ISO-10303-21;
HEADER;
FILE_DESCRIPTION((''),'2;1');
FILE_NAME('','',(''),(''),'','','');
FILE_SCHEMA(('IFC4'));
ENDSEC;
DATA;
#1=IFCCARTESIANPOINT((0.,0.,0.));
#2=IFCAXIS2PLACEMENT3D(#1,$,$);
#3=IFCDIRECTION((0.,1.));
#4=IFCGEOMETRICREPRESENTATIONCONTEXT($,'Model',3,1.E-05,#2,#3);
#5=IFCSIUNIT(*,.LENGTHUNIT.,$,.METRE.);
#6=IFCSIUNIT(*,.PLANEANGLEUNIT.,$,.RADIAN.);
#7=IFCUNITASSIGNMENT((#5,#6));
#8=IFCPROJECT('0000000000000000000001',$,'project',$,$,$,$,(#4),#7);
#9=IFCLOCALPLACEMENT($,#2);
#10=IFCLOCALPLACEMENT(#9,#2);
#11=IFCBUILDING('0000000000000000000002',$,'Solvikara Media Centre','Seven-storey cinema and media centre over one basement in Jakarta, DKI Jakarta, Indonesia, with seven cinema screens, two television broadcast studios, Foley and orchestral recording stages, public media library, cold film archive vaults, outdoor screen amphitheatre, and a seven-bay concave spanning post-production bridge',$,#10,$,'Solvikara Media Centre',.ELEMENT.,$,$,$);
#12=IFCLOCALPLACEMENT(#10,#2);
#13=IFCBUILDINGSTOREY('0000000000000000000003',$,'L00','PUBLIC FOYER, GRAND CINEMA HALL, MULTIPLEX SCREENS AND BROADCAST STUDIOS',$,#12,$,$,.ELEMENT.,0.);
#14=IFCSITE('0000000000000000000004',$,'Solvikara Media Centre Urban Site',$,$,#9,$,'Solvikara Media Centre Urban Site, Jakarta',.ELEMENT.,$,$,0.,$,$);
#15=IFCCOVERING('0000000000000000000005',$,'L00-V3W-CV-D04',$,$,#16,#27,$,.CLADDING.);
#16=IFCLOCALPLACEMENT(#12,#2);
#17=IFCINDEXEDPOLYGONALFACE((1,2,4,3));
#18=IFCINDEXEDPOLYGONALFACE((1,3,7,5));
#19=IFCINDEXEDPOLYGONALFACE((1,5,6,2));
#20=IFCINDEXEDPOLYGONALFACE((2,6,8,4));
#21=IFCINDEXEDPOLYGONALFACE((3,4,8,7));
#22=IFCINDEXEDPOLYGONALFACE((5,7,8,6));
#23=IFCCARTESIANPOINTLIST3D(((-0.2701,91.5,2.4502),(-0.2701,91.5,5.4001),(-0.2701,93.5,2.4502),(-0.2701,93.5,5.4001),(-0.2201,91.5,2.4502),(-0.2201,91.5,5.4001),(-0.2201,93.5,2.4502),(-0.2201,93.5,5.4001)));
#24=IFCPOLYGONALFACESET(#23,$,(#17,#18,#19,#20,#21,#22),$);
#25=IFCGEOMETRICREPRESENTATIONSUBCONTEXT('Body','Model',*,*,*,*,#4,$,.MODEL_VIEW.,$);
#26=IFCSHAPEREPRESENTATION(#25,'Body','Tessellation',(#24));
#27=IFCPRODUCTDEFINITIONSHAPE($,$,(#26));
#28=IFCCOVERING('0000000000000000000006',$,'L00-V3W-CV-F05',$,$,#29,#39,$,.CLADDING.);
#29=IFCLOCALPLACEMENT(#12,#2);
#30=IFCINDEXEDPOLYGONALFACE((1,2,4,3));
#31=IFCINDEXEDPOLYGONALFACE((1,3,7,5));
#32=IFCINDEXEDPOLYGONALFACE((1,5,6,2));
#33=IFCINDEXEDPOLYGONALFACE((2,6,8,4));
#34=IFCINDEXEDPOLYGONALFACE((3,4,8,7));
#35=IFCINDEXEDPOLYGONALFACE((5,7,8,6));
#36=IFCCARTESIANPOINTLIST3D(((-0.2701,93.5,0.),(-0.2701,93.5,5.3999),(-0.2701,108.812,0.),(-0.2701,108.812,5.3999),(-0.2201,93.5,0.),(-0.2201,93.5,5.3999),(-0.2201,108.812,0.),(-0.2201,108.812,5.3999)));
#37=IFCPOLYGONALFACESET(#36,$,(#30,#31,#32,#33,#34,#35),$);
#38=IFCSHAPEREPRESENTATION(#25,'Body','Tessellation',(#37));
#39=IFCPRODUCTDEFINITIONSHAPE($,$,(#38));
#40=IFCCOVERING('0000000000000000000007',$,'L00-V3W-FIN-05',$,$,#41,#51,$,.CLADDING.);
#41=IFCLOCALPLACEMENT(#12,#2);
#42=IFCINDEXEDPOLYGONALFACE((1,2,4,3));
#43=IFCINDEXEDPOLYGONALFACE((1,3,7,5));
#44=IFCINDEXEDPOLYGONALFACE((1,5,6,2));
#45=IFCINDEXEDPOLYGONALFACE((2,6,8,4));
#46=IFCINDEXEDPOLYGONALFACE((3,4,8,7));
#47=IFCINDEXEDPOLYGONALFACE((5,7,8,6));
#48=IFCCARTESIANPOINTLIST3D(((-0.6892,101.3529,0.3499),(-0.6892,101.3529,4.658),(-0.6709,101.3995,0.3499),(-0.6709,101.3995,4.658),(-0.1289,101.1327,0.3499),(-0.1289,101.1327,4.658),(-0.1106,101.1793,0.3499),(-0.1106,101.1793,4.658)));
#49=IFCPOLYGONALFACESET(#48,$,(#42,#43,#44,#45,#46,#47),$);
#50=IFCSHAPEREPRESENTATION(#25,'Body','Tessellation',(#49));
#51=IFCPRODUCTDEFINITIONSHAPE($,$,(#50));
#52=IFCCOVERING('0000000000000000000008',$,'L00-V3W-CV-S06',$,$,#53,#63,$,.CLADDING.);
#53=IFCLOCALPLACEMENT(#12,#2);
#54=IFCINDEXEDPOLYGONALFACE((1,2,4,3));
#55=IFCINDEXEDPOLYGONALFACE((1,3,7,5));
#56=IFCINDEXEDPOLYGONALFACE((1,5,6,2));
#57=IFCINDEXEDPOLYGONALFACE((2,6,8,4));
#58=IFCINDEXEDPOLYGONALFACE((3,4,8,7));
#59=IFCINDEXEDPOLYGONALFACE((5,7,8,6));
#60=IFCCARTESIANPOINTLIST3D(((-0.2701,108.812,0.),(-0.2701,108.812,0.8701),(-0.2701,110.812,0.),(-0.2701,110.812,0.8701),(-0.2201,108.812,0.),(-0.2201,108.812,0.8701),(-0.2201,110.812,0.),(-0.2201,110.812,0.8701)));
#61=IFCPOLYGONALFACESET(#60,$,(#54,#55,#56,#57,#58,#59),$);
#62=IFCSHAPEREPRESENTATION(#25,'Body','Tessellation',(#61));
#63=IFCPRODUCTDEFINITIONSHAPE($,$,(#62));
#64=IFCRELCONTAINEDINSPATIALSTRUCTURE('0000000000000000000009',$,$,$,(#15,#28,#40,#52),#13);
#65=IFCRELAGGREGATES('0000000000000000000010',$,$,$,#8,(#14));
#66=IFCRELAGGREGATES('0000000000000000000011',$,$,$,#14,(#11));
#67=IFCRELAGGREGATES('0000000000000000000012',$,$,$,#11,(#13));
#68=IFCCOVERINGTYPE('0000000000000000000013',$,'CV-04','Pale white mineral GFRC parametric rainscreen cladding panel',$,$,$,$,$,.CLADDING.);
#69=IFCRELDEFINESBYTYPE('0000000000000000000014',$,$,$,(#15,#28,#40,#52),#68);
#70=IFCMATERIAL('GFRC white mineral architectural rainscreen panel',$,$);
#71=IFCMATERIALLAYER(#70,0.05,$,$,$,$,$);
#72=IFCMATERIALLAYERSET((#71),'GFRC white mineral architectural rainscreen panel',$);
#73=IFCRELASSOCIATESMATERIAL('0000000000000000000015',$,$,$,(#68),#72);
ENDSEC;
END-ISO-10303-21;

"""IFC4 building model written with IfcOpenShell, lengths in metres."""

from ifc_helpers import new_model, si_unit, direction, frame, origin, origin_2d, place, context, subcontext, project, spatial, rectangle, extrude, material, layer, layer_set, type_object, element, save


model = new_model("IFC4")

# Units and contexts
model_context = context("Model", 3, precision=1e-05, world=origin(), true_north=direction((0.0, 1.0)))
body_context = subcontext(model_context, "Body", "Model", "MODEL_VIEW")
ifc_project = project(units=[si_unit("LENGTHUNIT", "METRE"), si_unit("PLANEANGLEUNIT", "RADIAN")], contexts=[model_context])

# Site, building, storey
site_placement = place(None, origin())
site = spatial("IfcSite", under=ifc_project, at=site_placement, Name="Solvikara Media Centre Urban Site", LongName="Solvikara Media Centre Urban Site, Jakarta", CompositionType="ELEMENT", RefElevation=0.0)
building_placement = place(site_placement, origin())
building = spatial("IfcBuilding", under=site, at=building_placement, Name="Solvikara Media Centre", Description="Seven-storey cinema and media centre over one basement in Jakarta, DKI Jakarta, Indonesia, with seven cinema screens, two television broadcast studios, Foley and orchestral recording stages, public media library, cold film archive vaults, outdoor screen amphitheatre, and a seven-bay concave spanning post-production bridge", LongName="Solvikara Media Centre", CompositionType="ELEMENT")
storey_placement = place(building_placement, origin())
storey = spatial("IfcBuildingStorey", under=building, at=storey_placement, Name="L00", Description="PUBLIC FOYER, GRAND CINEMA HALL, MULTIPLEX SCREENS AND BROADCAST STUDIOS", CompositionType="ELEMENT", Elevation=0.0)

# Coverings
ifc_material_1 = material(Name="GFRC white mineral architectural rainscreen panel")
ifc_layer_1 = layer(ifc_material_1, 0.05)
ifc_layer_set_1 = layer_set([ifc_layer_1], Name="GFRC white mineral architectural rainscreen panel")
covering_type = type_object("IfcCoveringType", Name="CV-04", Description="Pale white mineral GFRC parametric rainscreen cladding panel", PredefinedType="CLADDING", material=ifc_layer_set_1)
covering_1_placement = place(storey_placement, frame((-0.2451, 92.5, 2.4502), z_axis=(0.0, 0.0, 1.0), x_axis=(0.0, 1.0, 0.0)))
element("IfcCovering", 1, at=covering_1_placement, inside=storey, type_object=covering_type, Name="L00-V3W-CV-D04", PredefinedType="CLADDING", context=body_context, shape_type="SweptSolid", body=[
    extrude(rectangle(XDim=2.0, YDim=0.05, at=origin_2d()), origin(), (0.0, 0.0, 1.0), 2.95),
])
covering_2_placement = place(storey_placement, frame((-0.2451, 101.156, 0.0), z_axis=(0.0, 0.0, 1.0), x_axis=(0.0, 1.0, 0.0)))
element("IfcCovering", 2, at=covering_2_placement, inside=storey, type_object=covering_type, Name="L00-V3W-CV-F05", PredefinedType="CLADDING", context=body_context, shape_type="SweptSolid", body=[
    extrude(rectangle(XDim=15.312, YDim=0.05, at=origin_2d()), origin(), (0.0, 0.0, 1.0), 5.3999),
])
covering_3_placement = place(storey_placement, frame((-0.3999, 101.2661, 0.3499), z_axis=(0.0, 0.0, 1.0), x_axis=(-0.93075, 0.365657, 0.0)))
element("IfcCovering", 3, at=covering_3_placement, inside=storey, type_object=covering_type, Name="L00-V3W-FIN-05", PredefinedType="CLADDING", context=body_context, shape_type="SweptSolid", body=[
    extrude(rectangle(XDim=0.6021, YDim=0.05, at=origin_2d()), origin(), (0.0, 0.0, 1.0), 4.3081),
])
covering_4_placement = place(storey_placement, frame((-0.2451, 109.812, 0.0), z_axis=(0.0, 0.0, 1.0), x_axis=(0.0, 1.0, 0.0)))
element("IfcCovering", 4, at=covering_4_placement, inside=storey, type_object=covering_type, Name="L00-V3W-CV-S06", PredefinedType="CLADDING", context=body_context, shape_type="SweptSolid", body=[
    extrude(rectangle(XDim=2.0, YDim=0.05, at=origin_2d()), origin(), (0.0, 0.0, 1.0), 0.8701),
])

save(model, "model.ifc")
